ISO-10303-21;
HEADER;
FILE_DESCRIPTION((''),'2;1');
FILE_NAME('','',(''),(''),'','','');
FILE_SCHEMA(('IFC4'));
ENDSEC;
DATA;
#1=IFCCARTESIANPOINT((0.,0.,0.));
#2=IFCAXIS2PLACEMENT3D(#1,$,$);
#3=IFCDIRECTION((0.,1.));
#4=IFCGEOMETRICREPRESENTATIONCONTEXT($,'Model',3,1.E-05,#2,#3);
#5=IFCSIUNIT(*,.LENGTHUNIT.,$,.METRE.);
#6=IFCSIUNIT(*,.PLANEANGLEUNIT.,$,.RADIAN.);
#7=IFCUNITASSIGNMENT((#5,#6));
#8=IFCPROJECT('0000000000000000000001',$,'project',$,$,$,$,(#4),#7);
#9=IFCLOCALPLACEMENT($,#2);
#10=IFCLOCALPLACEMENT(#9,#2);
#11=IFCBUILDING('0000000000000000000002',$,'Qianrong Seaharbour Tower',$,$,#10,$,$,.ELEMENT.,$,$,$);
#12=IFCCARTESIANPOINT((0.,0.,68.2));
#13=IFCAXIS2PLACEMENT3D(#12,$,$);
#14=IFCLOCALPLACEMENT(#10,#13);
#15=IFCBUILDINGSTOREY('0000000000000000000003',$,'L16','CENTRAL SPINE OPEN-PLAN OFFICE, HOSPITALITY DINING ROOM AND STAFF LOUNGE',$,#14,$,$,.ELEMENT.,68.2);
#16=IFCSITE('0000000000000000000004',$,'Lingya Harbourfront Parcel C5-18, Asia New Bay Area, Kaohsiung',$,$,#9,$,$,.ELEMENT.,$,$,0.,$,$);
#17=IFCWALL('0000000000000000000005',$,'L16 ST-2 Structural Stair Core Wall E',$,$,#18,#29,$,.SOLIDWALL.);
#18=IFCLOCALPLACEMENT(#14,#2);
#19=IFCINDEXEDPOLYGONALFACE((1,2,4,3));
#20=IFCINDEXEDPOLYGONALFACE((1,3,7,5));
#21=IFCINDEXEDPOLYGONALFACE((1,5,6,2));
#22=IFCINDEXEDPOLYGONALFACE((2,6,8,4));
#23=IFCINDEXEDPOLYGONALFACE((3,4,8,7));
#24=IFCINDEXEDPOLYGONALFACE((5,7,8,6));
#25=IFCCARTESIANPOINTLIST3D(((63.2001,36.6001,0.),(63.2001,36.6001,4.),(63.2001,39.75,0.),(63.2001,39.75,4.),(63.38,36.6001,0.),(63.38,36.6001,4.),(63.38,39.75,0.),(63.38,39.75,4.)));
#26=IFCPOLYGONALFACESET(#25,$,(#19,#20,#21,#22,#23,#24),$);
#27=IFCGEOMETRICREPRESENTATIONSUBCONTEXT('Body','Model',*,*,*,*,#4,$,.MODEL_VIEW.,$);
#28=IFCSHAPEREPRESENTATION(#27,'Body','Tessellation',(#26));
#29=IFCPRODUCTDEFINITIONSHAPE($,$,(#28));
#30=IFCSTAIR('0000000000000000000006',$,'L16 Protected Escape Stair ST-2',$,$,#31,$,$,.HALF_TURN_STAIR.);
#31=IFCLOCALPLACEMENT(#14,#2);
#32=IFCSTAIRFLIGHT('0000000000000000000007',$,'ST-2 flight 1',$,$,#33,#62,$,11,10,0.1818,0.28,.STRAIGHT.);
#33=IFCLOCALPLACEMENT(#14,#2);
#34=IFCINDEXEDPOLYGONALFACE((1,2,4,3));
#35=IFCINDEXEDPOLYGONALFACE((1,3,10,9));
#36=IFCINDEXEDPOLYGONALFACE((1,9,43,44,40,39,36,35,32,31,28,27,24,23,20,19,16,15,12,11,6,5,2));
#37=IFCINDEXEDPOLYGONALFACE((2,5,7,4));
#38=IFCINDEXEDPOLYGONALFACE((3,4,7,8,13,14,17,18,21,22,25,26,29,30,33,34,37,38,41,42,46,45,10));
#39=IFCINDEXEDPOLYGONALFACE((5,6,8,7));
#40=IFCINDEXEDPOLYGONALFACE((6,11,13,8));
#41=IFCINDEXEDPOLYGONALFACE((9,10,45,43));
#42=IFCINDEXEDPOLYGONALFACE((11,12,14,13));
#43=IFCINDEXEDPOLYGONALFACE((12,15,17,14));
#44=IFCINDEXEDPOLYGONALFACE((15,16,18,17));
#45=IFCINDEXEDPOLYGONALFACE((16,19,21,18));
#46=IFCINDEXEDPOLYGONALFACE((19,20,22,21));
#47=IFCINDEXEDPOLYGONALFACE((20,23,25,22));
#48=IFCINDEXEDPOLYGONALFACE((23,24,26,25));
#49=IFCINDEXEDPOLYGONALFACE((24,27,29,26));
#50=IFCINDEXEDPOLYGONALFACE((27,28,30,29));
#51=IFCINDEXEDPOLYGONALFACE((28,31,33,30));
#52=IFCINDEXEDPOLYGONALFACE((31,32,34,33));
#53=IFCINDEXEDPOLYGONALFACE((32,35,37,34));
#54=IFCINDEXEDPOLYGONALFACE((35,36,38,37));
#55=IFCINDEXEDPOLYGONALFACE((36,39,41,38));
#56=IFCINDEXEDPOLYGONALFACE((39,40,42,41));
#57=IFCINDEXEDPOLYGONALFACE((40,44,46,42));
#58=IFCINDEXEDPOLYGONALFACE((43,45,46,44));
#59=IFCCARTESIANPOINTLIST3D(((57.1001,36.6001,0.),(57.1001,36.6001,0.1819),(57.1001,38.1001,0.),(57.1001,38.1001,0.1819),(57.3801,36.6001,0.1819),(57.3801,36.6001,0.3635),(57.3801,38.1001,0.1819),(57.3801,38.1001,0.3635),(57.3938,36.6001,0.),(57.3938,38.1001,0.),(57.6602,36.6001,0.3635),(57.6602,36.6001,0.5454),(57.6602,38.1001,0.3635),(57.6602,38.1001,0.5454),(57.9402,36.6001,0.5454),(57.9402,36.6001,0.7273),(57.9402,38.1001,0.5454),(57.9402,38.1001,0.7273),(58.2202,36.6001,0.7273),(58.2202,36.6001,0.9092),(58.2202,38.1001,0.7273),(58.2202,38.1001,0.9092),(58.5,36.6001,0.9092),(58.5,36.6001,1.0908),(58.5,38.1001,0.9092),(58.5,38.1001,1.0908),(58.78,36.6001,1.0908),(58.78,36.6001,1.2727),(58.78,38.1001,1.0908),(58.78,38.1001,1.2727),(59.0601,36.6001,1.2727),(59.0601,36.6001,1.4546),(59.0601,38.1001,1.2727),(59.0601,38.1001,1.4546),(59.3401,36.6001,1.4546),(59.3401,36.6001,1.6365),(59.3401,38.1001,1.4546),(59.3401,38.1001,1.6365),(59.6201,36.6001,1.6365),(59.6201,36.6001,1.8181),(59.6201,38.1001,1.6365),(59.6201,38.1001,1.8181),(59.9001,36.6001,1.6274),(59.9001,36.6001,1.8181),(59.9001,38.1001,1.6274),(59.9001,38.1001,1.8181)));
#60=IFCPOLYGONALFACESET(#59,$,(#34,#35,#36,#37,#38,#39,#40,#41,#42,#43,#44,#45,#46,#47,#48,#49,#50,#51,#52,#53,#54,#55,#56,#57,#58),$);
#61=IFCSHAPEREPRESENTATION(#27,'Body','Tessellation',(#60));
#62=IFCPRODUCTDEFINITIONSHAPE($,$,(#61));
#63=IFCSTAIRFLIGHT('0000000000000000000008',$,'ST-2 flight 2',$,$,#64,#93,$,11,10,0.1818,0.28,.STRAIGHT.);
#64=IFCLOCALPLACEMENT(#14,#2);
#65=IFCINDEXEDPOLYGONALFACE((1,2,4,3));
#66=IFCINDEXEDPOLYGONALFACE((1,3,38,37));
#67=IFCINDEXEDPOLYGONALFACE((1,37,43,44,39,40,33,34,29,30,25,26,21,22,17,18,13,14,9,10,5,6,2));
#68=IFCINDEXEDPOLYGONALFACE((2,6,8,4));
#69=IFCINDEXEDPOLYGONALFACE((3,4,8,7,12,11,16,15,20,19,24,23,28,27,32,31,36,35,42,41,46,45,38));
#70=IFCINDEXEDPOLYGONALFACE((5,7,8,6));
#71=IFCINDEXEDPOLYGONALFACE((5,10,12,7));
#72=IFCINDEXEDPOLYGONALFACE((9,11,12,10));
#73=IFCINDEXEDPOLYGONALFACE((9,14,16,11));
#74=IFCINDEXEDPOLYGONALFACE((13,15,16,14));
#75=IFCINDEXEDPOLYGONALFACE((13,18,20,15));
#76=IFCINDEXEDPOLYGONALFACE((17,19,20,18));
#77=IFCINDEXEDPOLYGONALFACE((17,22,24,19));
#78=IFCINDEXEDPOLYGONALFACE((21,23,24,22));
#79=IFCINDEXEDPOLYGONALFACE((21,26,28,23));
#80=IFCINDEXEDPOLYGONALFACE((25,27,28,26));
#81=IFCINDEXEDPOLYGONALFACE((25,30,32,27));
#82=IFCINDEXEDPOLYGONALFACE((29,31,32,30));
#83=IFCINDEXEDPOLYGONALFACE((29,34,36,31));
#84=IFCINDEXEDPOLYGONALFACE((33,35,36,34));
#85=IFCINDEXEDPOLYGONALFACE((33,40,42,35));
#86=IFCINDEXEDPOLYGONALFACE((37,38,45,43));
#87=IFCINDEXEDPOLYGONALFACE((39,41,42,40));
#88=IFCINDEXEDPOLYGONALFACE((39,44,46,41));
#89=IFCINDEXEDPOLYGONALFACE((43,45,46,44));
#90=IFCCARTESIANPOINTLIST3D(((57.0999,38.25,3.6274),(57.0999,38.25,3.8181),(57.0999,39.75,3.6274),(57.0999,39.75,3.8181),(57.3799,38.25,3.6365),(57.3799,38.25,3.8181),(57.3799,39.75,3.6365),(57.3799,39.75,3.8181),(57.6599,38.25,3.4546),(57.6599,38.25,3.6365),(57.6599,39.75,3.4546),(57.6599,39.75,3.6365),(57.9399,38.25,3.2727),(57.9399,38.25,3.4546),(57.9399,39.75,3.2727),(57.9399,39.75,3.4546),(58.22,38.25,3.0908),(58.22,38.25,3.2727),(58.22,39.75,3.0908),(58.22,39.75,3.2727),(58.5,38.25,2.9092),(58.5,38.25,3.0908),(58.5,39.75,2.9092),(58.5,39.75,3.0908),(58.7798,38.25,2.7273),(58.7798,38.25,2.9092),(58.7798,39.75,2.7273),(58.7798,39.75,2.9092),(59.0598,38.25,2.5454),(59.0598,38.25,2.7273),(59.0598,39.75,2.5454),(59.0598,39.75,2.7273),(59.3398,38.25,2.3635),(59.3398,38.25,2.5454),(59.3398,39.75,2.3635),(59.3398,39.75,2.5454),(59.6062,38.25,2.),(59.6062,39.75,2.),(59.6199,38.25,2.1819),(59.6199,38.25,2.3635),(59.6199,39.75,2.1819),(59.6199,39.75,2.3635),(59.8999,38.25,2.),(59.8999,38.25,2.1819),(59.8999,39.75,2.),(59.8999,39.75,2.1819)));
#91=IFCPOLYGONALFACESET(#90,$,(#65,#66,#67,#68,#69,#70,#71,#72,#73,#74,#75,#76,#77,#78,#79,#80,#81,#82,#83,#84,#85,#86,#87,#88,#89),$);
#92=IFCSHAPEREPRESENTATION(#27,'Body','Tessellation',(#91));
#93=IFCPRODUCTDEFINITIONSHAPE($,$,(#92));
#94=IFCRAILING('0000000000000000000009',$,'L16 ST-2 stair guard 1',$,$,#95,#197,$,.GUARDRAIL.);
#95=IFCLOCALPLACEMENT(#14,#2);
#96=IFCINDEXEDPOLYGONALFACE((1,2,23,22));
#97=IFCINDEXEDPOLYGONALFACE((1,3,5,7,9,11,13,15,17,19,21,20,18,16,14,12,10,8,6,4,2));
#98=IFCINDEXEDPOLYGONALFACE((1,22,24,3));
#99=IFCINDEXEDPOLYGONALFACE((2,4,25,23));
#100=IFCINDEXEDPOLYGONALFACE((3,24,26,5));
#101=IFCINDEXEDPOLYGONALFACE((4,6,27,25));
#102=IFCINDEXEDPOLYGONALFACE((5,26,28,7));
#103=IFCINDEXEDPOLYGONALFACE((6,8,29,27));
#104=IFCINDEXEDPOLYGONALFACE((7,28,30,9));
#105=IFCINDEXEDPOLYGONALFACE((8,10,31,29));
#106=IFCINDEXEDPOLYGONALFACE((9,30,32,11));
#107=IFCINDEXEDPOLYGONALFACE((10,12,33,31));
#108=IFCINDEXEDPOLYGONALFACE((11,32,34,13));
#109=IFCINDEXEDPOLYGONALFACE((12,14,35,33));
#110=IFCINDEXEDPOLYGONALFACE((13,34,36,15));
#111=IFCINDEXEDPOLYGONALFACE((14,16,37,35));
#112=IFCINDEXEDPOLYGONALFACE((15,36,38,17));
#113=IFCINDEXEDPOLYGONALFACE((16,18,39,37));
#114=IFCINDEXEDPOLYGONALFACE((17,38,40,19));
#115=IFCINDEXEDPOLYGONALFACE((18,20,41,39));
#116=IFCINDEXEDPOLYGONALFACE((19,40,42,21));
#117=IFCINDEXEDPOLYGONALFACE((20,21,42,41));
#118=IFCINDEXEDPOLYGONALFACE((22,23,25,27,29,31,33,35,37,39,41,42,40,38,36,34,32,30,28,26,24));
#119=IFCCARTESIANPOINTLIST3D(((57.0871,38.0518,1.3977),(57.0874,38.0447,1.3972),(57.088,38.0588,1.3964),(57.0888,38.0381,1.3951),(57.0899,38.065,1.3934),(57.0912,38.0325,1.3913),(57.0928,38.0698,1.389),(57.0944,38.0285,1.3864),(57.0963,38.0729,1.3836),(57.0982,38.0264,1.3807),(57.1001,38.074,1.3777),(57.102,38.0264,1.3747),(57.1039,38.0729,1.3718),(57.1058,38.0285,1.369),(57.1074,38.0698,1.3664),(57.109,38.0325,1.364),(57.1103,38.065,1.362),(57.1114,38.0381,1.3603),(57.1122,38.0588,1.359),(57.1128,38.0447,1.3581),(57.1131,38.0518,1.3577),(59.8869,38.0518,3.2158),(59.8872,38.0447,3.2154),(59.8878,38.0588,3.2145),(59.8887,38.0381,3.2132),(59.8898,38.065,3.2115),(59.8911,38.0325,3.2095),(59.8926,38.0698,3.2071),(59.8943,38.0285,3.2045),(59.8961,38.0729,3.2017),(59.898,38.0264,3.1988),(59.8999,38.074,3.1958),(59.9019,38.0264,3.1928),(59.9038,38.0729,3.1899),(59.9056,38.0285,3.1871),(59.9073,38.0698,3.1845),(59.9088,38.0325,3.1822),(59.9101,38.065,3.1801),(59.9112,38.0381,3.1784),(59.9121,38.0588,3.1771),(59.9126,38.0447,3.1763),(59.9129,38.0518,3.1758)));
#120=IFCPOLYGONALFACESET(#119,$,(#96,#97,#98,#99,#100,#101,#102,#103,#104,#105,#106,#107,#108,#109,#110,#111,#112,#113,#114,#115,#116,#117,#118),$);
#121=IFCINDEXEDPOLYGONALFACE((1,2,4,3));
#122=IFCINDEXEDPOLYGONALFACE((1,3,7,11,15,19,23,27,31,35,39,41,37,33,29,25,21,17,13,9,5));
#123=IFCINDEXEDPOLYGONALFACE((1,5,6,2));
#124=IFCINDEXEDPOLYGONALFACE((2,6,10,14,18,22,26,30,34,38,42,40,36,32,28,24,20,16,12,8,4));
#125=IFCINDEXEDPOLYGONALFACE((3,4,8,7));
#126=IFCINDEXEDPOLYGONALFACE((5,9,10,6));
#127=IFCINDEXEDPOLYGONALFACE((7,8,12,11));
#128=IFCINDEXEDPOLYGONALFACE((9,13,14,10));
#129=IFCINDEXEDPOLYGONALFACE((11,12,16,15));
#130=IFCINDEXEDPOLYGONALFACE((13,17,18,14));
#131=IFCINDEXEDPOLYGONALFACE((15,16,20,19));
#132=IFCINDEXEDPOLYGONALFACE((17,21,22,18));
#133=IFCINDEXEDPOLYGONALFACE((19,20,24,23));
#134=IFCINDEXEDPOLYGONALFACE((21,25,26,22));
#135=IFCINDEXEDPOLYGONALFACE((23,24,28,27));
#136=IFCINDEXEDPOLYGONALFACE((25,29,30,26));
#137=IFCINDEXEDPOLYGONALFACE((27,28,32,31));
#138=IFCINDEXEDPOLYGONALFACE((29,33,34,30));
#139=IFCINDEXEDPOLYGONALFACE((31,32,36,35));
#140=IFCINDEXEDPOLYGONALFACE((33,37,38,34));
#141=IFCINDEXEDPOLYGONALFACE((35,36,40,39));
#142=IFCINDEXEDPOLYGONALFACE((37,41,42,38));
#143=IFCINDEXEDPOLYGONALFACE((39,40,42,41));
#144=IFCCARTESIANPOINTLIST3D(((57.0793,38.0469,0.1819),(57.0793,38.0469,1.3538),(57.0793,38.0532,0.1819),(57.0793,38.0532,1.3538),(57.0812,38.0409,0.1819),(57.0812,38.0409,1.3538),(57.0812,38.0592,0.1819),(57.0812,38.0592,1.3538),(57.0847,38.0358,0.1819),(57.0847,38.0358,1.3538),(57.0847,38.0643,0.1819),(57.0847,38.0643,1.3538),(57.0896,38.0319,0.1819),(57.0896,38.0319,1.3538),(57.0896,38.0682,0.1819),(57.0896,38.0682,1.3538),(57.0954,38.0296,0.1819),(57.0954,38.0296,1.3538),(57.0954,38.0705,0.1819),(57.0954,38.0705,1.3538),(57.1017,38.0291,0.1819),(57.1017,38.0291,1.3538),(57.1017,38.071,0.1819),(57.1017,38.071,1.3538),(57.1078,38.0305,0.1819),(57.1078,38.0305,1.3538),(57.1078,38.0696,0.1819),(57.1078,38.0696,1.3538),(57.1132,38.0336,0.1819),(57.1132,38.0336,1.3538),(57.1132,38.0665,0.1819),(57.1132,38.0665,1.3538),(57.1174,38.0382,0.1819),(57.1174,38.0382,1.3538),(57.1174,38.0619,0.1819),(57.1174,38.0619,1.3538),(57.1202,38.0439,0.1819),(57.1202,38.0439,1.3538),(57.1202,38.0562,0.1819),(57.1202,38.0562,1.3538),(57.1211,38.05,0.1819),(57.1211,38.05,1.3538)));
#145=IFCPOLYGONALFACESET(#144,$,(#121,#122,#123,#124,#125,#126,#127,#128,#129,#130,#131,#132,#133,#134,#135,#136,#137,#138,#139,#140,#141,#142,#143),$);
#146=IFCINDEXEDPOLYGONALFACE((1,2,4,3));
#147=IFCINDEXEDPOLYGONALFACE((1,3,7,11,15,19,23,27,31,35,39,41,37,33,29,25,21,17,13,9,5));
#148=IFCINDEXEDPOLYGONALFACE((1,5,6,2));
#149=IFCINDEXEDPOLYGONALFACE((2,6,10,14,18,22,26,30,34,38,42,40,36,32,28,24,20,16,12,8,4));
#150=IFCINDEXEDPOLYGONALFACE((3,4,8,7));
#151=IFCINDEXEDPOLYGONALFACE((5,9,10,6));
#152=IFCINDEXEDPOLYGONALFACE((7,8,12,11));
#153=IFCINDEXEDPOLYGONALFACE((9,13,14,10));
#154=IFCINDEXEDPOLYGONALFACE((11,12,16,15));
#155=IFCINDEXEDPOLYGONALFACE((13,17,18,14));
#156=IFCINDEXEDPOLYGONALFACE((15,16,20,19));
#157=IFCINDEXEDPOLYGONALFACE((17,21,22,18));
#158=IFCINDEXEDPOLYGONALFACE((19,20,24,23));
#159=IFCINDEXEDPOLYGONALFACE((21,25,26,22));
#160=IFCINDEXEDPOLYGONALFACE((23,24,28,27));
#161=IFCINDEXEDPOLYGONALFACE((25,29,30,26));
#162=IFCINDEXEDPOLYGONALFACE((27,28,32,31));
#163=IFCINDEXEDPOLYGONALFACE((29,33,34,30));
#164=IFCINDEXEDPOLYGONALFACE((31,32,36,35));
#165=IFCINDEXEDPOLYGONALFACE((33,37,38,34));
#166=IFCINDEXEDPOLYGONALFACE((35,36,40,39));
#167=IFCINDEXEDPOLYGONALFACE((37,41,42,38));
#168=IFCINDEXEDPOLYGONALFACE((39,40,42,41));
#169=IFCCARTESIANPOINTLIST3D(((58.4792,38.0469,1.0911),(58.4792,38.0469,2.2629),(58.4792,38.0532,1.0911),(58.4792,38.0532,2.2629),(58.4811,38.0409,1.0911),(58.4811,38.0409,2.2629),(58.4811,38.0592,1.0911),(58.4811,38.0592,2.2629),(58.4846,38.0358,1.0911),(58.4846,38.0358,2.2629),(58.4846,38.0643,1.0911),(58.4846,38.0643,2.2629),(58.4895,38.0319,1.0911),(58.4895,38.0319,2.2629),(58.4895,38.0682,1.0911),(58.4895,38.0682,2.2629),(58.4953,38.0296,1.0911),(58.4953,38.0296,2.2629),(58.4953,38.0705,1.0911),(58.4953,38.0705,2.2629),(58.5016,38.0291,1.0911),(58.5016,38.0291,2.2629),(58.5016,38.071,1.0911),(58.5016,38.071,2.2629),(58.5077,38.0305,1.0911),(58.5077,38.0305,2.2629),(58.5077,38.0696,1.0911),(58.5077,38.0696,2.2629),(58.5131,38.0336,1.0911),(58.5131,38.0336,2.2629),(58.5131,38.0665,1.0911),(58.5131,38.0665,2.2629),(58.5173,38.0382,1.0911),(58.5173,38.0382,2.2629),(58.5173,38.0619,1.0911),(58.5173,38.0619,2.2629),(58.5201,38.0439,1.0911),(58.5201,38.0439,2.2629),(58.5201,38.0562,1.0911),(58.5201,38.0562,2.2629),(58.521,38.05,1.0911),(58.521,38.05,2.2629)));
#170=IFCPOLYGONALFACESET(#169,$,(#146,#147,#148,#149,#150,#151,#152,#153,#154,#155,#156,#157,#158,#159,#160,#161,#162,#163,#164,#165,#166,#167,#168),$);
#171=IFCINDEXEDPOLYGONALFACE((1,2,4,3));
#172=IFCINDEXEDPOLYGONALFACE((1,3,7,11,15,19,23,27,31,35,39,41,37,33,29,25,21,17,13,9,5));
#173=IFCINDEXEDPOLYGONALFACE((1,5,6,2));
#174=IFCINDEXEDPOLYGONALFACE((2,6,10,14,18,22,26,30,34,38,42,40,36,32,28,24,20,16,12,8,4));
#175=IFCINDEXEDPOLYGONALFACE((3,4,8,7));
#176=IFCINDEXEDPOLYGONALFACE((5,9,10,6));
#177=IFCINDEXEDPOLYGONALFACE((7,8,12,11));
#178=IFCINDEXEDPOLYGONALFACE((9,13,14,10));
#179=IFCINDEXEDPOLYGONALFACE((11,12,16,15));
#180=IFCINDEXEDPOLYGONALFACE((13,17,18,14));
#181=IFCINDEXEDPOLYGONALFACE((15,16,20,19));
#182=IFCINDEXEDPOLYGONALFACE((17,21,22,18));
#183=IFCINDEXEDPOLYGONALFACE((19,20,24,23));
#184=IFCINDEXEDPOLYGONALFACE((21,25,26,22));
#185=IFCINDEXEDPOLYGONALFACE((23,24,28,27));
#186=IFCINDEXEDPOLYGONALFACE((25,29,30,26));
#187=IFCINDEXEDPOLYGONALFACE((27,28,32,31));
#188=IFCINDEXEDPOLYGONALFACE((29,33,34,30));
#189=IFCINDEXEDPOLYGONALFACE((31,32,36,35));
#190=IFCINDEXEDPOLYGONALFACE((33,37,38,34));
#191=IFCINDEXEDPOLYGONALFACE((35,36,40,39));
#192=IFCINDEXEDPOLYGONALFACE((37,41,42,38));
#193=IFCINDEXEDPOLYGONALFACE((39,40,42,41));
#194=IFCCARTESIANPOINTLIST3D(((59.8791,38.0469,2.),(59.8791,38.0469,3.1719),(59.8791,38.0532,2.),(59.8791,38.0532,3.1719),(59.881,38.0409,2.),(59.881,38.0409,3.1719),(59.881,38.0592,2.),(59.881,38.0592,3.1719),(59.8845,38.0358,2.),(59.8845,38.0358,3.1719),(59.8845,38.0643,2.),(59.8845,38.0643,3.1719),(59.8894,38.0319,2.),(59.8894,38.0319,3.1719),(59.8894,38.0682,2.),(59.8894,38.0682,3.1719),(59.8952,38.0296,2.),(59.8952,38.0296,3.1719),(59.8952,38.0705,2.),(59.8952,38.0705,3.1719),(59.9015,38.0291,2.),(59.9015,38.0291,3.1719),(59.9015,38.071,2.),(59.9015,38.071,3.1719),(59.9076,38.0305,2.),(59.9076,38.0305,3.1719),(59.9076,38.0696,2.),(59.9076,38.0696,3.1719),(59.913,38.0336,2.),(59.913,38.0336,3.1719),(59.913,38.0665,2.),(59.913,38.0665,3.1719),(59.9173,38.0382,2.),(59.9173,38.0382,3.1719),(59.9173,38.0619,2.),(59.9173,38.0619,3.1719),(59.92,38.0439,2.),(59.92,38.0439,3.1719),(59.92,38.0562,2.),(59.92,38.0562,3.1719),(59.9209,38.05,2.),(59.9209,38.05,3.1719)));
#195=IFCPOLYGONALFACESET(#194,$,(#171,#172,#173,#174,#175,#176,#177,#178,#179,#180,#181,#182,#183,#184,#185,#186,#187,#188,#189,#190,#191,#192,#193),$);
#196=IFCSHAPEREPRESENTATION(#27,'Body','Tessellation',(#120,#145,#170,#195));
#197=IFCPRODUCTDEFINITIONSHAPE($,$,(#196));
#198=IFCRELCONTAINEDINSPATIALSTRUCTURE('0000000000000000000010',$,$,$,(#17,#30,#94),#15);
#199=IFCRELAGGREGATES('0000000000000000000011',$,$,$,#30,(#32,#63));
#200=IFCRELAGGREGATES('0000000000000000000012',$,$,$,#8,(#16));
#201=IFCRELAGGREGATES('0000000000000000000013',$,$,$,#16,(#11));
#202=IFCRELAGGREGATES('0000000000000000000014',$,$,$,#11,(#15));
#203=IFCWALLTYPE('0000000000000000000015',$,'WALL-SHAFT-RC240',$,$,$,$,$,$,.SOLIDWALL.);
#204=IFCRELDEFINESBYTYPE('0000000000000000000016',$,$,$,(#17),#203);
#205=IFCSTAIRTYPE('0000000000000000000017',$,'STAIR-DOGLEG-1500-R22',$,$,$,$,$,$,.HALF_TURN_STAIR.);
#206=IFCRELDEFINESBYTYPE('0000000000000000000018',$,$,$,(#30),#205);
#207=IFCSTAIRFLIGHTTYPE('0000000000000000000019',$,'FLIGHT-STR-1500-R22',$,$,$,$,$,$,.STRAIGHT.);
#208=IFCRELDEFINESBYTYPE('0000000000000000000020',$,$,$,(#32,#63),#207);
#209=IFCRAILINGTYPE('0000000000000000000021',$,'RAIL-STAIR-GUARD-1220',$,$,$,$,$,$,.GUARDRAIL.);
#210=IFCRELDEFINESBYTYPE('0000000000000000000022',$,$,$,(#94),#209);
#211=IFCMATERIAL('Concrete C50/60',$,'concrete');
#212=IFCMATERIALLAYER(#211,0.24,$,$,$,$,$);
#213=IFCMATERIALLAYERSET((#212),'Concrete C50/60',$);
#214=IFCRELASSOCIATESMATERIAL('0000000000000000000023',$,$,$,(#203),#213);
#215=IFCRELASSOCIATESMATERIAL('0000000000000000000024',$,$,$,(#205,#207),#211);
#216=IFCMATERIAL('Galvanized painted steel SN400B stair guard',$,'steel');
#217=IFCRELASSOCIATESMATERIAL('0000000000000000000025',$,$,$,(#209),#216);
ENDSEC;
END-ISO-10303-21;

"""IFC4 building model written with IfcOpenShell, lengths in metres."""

from ifc_helpers import new_model, si_unit, direction, frame, frame_2d, origin, origin_2d, place, context, subcontext, project, spatial, polyline, rectangle, circle, outline, extrude, material, layer, layer_set, type_object, element, aggregate, save


model = new_model("IFC4")

# Units and contexts
model_context = context("Model", 3, precision=1e-05, world=origin(), true_north=direction((0.0, 1.0)))
body_context = subcontext(model_context, "Body", "Model", "MODEL_VIEW")
ifc_project = project(units=[si_unit("LENGTHUNIT", "METRE"), si_unit("PLANEANGLEUNIT", "RADIAN")], contexts=[model_context])

# Site, building, storey
site_placement = place(None, origin())
site = spatial("IfcSite", under=ifc_project, at=site_placement, Name="Lingya Harbourfront Parcel C5-18, Asia New Bay Area, Kaohsiung", CompositionType="ELEMENT", RefElevation=0.0)
building_placement = place(site_placement, origin())
building = spatial("IfcBuilding", under=site, at=building_placement, Name="Qianrong Seaharbour Tower", CompositionType="ELEMENT")
storey_placement = place(building_placement, frame((0.0, 0.0, 68.2)))
storey = spatial("IfcBuildingStorey", under=building, at=storey_placement, Name="L16", Description="CENTRAL SPINE OPEN-PLAN OFFICE, HOSPITALITY DINING ROOM AND STAFF LOUNGE", CompositionType="ELEMENT", Elevation=68.2)

# Shared definitions
ifc_material_1 = material(Name="Concrete C50/60", Category="concrete")
ifc_layer_1 = layer(ifc_material_1, 0.24)
ifc_layer_set_1 = layer_set([ifc_layer_1], Name="Concrete C50/60")
wall_type_1 = type_object("IfcWallType", Name="WALL-SHAFT-RC240", PredefinedType="SOLIDWALL", material=ifc_layer_set_1)

# Wall
wall_1_placement = place(storey_placement, frame((63.29, 36.6001, 0.0), z_axis=(0.0, 0.0, 1.0), x_axis=(0.0, 1.0, 0.0)))
element("IfcWall", 1, at=wall_1_placement, inside=storey, type_object=wall_type_1, Name="L16 ST-2 Structural Stair Core Wall E", PredefinedType="SOLIDWALL", context=body_context, shape_type="SweptSolid", body=[
    extrude(rectangle(XDim=3.1499, YDim=0.1799, at=frame_2d((1.575, 0.0))), origin(), (0.0, 0.0, 1.0), 4.0),
])

# Stair, stair flights
stair_type = type_object("IfcStairType", Name="STAIR-DOGLEG-1500-R22", PredefinedType="HALF_TURN_STAIR", material=ifc_material_1)
stair_placement = place(storey_placement, origin())
stair = element("IfcStair", 2, at=stair_placement, inside=storey, type_object=stair_type, Name="L16 Protected Escape Stair ST-2", PredefinedType="HALF_TURN_STAIR")
stair_flight_type = type_object("IfcStairFlightType", Name="FLIGHT-STR-1500-R22", PredefinedType="STRAIGHT", material=ifc_material_1)
stair_flight_1_placement = place(storey_placement, frame((57.1001, 37.3501, 0.0), z_axis=(0.0, 0.0, 1.0), x_axis=(1.0, 0.0, 0.0)))
stair_flight_1 = element("IfcStairFlight", 3, at=stair_flight_1_placement, type_object=stair_flight_type, Name="ST-2 flight 1", NumberOfRisers=11, NumberOfTreads=10, PredefinedType="STRAIGHT", RiserHeight=0.1818, TreadLength=0.28, context=body_context, shape_type="SweptSolid", body=[
    extrude(outline(polyline([(0.0, 0.0), (0.0, 0.1819), (0.28, 0.1819), (0.28, 0.3635), (0.5601, 0.3635), (0.5601, 0.5454), (0.8401, 0.5454), (0.8401, 0.7273), (1.1201, 0.7273), (1.1201, 0.9092), (1.3999, 0.9092), (1.3999, 1.0908), (1.6799, 1.0908), (1.6799, 1.2727), (1.96, 1.2727), (1.96, 1.4546), (2.24, 1.4546), (2.24, 1.6365), (2.52, 1.6365), (2.52, 1.8181), (2.8, 1.8181), (2.8, 2.0), (2.8, 1.6274), (0.2937, 0.0), (0.0, 0.0)])), frame((0.0, 0.75, 0.0), z_axis=(0.0, -1.0, 0.0), x_axis=(1.0, 0.0, 0.0)), (0.0, 0.0, 1.0), 1.5),
])
stair_flight_2_placement = place(storey_placement, frame((59.8999, 39.0, 2.0), z_axis=(0.0, 0.0, 1.0), x_axis=(-1.0, 0.0, 0.0)))
stair_flight_2 = element("IfcStairFlight", 4, at=stair_flight_2_placement, type_object=stair_flight_type, Name="ST-2 flight 2", NumberOfRisers=11, NumberOfTreads=10, PredefinedType="STRAIGHT", RiserHeight=0.1818, TreadLength=0.28, context=body_context, shape_type="SweptSolid", body=[
    extrude(outline(polyline([(0.0, 0.0), (0.0, 0.1819), (0.28, 0.1819), (0.28, 0.3635), (0.5601, 0.3635), (0.5601, 0.5454), (0.8401, 0.5454), (0.8401, 0.7273), (1.1201, 0.7273), (1.1201, 0.9092), (1.3999, 0.9092), (1.3999, 1.0908), (1.6799, 1.0908), (1.6799, 1.2727), (1.96, 1.2727), (1.96, 1.4546), (2.24, 1.4546), (2.24, 1.6365), (2.52, 1.6365), (2.52, 1.8181), (2.8, 1.8181), (2.8, 2.0), (2.8, 1.6274), (0.2937, 0.0), (0.0, 0.0)])), frame((0.0, 0.75, 0.0), z_axis=(0.0, -1.0, 0.0), x_axis=(1.0, 0.0, 0.0)), (0.0, 0.0, 1.0), 1.5),
])
aggregate(stair, [stair_flight_1, stair_flight_2])

# Railing
ifc_material_2 = material(Name="Galvanized painted steel SN400B stair guard", Category="steel")
railing_type_1 = type_object("IfcRailingType", Name="RAIL-STAIR-GUARD-1220", PredefinedType="GUARDRAIL", material=ifc_material_2)
railing_1_placement = place(storey_placement, frame((57.1001, 38.05, 0.1819)))
element("IfcRailing", 5, at=railing_1_placement, inside=storey, type_object=railing_type_1, Name="L16 ST-2 stair guard 1", PredefinedType="GUARDRAIL", context=body_context, shape_type="SweptSolid", body=[
    extrude(circle(Radius=0.0239, at=origin_2d()), frame((0.0, 0.0, 1.1958), z_axis=(0.838684, 0.0, 0.544618), x_axis=(0.0, 1.0, 0.0)), (0.0, 0.0, 1.0), 3.3384),
    extrude(circle(Radius=0.021, at=origin_2d()), origin(), (0.0, 0.0, 1.0), 1.1719),
    extrude(circle(Radius=0.021, at=origin_2d()), frame((1.3999, 0.0, 0.9092)), (0.0, 0.0, 1.0), 1.1719),
    extrude(circle(Radius=0.021, at=origin_2d()), frame((2.7998, 0.0, 1.8181)), (0.0, 0.0, 1.0), 1.1719),
])

save(model, "model.ifc")
